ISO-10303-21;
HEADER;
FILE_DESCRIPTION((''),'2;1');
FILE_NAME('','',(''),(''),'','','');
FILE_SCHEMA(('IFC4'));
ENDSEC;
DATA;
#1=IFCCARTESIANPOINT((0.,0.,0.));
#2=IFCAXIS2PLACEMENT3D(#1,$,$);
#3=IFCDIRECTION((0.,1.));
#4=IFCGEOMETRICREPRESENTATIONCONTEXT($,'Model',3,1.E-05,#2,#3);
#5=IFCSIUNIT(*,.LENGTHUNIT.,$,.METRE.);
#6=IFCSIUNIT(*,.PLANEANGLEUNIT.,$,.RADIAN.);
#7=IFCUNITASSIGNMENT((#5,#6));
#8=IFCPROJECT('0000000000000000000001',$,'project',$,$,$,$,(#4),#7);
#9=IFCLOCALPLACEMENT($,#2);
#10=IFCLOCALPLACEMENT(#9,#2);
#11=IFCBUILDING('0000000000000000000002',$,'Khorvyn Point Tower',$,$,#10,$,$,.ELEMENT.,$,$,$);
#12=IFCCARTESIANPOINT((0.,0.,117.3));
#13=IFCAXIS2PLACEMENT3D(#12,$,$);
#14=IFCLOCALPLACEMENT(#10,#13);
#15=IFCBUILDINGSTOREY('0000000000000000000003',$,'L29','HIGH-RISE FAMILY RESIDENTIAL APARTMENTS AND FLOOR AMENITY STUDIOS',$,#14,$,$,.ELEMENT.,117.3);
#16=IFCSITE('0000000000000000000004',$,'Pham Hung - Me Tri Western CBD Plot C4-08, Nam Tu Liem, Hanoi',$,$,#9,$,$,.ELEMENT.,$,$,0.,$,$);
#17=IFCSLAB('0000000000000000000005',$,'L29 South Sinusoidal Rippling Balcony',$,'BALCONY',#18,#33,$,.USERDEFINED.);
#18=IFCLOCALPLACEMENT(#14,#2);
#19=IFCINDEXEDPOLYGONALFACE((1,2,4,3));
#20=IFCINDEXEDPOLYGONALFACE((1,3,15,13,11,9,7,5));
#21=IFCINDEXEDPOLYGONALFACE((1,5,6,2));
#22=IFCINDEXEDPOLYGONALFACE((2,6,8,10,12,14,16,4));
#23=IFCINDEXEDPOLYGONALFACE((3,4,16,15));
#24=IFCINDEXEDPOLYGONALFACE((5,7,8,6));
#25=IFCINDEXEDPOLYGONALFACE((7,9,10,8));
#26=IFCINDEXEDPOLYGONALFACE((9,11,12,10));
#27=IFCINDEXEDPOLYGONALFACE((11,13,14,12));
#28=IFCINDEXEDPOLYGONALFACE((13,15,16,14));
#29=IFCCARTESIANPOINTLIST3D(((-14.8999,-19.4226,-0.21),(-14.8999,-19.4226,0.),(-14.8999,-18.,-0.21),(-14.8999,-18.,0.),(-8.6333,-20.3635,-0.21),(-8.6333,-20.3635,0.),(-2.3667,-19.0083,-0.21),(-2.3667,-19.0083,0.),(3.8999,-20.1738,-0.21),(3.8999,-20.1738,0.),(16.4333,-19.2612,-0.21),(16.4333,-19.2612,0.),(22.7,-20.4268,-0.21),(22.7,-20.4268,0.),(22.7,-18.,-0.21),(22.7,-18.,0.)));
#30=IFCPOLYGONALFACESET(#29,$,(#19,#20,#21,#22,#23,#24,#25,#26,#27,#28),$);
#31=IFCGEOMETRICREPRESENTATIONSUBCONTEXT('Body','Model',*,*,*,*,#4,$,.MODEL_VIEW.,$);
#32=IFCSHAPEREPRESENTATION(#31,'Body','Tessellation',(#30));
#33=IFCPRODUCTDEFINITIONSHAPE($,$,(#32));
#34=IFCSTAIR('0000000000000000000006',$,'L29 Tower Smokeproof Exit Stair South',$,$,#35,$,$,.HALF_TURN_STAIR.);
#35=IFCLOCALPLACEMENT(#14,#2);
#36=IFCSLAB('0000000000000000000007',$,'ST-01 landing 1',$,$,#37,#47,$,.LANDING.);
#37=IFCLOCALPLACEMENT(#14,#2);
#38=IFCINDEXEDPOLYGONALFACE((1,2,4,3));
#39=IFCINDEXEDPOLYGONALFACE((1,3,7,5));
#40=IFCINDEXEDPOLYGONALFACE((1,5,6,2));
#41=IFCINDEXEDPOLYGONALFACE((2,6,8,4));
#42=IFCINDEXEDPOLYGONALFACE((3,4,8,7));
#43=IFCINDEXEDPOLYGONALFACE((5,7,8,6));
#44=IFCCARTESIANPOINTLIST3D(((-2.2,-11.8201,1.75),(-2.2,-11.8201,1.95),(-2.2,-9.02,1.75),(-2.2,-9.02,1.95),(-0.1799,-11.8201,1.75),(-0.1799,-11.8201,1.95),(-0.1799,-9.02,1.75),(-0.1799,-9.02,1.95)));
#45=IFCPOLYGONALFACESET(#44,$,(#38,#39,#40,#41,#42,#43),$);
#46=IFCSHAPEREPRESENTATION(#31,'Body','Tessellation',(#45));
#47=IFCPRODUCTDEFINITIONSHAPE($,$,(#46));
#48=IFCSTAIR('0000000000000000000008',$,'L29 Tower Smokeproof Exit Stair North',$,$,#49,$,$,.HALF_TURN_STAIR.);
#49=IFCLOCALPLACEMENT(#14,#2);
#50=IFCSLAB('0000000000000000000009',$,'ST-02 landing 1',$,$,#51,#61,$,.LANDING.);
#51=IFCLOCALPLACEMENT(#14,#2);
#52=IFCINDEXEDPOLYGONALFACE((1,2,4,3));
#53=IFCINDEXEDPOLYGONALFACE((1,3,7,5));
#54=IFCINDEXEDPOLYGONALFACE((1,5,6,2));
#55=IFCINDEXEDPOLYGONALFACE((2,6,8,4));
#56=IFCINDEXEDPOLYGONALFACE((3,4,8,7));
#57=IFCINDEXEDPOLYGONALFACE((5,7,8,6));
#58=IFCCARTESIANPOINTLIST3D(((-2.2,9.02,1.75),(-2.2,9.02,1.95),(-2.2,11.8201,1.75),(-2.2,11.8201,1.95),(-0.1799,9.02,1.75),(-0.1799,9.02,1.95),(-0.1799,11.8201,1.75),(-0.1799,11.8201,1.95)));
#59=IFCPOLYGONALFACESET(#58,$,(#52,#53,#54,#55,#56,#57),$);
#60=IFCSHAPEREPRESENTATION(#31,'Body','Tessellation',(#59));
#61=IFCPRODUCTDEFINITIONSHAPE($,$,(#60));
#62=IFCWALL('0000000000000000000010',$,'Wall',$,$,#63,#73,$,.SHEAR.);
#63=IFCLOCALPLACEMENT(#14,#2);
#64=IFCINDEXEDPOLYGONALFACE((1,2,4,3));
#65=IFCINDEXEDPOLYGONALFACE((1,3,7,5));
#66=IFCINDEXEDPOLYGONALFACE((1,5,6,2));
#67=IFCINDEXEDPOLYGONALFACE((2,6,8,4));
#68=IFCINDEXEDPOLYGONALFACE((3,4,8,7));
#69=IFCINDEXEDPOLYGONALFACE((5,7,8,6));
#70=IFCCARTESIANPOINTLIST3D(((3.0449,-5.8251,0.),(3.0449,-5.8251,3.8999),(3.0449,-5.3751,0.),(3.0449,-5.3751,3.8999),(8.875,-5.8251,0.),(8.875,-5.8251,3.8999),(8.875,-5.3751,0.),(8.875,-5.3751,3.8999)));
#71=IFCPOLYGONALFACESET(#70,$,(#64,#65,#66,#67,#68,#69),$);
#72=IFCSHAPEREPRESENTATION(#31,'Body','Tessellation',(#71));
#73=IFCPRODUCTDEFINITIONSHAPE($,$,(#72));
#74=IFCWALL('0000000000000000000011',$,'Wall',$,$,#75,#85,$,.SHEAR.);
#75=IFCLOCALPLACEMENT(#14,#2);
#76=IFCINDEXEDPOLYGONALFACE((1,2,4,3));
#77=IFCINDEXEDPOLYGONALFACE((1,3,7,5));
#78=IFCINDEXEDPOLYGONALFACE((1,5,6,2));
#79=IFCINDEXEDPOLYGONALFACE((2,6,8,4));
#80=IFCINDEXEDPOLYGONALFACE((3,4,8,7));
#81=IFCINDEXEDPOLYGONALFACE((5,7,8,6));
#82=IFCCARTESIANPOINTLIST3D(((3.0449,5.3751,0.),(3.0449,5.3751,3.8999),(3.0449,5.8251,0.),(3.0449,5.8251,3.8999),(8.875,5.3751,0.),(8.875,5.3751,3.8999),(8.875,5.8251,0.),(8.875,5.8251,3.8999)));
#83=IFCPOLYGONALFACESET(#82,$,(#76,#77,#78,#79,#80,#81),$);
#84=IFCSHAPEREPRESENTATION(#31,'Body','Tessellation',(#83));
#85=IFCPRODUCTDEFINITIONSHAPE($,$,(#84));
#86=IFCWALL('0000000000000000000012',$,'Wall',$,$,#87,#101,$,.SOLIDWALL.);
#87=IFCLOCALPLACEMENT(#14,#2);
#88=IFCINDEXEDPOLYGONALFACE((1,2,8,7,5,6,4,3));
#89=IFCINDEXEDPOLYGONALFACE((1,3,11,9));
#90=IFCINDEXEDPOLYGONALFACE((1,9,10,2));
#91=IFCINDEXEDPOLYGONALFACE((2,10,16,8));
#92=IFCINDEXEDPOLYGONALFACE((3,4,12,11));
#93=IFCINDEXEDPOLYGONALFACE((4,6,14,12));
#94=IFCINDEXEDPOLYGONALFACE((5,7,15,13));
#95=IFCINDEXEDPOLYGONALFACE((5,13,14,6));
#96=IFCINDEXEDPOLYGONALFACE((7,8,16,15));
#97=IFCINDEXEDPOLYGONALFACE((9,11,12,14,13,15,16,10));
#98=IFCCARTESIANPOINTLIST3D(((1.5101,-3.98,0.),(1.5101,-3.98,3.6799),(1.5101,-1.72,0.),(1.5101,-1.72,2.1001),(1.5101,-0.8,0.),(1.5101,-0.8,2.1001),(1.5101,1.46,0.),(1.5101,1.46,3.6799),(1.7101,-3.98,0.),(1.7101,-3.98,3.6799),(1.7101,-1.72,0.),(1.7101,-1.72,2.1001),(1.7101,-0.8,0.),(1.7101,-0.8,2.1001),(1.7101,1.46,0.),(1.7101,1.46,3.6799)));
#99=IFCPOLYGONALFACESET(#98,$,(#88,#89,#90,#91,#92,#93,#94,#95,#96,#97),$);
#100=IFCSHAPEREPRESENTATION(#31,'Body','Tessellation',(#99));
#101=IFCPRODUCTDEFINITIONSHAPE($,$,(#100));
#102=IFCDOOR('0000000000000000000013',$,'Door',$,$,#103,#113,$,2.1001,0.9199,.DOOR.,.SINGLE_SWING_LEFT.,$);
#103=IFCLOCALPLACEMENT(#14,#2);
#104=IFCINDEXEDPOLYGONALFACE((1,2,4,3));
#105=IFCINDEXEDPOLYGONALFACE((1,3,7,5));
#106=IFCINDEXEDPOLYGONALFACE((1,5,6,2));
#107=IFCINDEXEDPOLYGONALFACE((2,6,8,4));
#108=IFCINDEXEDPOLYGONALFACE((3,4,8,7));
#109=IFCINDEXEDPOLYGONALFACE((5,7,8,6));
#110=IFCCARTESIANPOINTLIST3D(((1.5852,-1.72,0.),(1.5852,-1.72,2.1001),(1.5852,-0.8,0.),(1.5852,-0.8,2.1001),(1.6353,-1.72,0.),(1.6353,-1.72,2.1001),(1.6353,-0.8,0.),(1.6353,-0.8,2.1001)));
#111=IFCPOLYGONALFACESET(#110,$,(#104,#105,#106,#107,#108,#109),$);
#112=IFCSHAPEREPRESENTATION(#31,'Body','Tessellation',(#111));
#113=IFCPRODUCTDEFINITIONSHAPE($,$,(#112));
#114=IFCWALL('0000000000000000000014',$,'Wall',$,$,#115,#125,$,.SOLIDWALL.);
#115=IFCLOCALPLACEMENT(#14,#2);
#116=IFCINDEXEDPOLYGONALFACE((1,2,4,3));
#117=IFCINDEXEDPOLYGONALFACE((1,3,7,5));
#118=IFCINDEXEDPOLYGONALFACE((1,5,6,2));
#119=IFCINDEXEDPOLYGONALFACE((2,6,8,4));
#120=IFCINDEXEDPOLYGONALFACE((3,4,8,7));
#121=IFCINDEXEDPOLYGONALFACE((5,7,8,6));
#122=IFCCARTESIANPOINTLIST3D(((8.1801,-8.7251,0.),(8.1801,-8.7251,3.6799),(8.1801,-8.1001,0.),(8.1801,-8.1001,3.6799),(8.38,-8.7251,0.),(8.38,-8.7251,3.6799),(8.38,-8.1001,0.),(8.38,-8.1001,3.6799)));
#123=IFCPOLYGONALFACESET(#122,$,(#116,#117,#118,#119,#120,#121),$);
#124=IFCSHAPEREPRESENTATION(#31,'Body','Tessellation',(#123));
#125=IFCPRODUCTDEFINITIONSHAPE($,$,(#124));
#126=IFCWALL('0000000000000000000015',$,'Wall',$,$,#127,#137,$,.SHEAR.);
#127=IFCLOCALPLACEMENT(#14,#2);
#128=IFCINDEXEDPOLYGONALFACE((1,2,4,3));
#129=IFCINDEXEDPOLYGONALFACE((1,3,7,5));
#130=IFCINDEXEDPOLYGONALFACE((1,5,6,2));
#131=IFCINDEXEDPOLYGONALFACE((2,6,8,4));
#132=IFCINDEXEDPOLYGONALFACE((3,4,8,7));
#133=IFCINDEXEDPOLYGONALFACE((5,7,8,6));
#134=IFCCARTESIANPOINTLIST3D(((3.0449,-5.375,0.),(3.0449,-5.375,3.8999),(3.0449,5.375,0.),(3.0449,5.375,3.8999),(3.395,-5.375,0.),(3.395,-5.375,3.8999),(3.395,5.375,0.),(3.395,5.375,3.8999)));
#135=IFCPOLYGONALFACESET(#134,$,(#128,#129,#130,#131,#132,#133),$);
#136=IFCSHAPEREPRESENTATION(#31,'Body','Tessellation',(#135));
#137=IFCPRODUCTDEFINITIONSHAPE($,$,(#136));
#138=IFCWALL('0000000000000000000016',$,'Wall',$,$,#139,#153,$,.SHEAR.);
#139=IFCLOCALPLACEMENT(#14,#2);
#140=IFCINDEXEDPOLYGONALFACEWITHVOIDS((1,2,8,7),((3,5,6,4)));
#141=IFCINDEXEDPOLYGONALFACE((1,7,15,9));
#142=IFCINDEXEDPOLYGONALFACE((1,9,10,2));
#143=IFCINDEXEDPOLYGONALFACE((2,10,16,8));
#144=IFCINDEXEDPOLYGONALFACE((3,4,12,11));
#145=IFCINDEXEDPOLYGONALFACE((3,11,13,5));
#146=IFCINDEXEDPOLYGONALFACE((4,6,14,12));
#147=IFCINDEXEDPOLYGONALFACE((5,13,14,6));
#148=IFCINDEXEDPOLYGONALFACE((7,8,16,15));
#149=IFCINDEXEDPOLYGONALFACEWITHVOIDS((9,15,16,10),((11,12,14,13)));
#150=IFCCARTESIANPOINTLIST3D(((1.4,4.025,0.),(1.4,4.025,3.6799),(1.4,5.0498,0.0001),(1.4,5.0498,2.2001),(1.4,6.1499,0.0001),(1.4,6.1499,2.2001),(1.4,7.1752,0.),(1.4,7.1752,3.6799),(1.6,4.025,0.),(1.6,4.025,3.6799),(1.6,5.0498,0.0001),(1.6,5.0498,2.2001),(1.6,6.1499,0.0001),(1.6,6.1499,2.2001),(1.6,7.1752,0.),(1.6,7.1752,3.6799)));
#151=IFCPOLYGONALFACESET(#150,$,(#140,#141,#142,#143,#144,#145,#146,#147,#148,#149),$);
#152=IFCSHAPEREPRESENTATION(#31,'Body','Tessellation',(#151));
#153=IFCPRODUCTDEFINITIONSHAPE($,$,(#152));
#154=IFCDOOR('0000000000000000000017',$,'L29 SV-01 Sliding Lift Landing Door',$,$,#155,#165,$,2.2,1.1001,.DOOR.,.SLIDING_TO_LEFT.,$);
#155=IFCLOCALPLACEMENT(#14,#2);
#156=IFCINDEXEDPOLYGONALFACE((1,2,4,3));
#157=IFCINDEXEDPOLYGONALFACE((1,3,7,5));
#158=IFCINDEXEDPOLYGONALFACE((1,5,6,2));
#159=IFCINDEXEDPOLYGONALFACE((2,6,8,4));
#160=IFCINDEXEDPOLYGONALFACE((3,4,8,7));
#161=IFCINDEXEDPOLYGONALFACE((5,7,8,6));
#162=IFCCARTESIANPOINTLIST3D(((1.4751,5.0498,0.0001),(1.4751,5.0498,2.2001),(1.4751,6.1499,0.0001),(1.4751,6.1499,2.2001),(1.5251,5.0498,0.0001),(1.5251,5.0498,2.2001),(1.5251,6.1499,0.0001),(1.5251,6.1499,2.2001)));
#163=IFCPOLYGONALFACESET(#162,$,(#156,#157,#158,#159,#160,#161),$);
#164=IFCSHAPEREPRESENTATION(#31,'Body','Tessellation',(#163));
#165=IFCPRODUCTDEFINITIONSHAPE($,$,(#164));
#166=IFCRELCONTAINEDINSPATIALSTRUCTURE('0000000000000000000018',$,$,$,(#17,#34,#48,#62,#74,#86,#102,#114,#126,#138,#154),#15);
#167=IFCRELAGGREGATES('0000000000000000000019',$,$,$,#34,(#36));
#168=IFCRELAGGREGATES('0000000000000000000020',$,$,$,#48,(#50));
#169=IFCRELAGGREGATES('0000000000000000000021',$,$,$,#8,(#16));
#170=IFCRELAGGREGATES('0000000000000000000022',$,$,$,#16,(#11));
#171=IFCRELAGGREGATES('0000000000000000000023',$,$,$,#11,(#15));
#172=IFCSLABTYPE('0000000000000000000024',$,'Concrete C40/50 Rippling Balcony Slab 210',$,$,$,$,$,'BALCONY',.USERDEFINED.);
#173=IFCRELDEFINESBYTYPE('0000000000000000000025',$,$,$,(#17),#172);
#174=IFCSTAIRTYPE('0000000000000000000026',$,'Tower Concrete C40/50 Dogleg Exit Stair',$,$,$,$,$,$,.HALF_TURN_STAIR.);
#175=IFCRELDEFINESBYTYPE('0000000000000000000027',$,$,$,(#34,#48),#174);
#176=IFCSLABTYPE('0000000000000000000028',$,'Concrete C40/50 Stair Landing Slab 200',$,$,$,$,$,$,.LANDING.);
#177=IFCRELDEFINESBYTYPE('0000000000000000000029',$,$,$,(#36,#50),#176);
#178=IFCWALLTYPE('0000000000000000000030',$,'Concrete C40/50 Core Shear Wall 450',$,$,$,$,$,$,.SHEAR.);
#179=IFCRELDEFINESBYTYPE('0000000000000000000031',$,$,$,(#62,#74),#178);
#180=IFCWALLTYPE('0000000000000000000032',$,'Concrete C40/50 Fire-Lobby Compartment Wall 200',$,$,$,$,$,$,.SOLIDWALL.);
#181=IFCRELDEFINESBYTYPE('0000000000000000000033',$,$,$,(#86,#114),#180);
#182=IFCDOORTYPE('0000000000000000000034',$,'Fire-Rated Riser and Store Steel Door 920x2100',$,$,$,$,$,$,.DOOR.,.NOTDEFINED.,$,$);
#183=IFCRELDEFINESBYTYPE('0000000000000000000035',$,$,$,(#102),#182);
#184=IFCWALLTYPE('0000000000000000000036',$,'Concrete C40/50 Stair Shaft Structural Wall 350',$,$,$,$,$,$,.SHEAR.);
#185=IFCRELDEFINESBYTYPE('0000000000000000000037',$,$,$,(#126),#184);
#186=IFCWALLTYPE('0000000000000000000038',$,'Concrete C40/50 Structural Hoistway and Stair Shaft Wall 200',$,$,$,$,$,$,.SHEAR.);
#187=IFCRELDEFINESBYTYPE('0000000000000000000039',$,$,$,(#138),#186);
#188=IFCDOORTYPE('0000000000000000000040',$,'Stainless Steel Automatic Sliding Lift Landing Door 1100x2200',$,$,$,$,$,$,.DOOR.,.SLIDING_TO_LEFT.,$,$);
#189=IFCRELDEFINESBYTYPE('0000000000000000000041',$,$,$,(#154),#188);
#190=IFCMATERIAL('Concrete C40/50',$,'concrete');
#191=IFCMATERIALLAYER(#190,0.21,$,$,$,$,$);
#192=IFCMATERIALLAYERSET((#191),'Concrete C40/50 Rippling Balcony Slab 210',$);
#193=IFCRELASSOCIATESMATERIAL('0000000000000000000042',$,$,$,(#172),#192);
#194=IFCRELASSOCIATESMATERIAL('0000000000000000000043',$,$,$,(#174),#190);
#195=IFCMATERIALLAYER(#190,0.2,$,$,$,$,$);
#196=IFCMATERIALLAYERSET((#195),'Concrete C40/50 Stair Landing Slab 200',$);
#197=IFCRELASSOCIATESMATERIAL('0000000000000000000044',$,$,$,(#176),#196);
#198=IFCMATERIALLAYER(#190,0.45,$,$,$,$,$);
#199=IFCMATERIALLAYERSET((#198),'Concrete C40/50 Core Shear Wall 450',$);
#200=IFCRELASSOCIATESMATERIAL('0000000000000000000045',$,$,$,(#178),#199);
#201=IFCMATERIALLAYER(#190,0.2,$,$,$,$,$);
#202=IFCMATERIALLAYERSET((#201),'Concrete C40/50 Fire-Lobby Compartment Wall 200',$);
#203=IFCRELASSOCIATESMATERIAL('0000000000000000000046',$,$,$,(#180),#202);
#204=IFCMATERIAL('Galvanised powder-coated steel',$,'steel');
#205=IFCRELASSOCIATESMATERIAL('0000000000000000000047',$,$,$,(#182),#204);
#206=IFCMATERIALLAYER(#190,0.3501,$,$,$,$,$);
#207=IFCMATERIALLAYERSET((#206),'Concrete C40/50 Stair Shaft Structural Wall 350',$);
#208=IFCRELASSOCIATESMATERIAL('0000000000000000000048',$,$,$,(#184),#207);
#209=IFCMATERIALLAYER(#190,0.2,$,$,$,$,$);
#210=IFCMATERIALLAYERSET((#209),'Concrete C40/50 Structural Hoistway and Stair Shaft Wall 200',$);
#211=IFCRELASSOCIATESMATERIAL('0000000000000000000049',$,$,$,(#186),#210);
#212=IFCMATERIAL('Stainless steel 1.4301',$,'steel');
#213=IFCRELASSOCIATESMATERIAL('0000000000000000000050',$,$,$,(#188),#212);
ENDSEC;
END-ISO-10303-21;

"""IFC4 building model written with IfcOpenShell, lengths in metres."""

from ifc_helpers import new_model, si_unit, direction, frame, frame_2d, origin, place, context, subcontext, project, spatial, polyline, rectangle, outline, extrude, material, layer, layer_set, type_object, element, fill, aggregate, save


model = new_model("IFC4")

# Units and contexts
model_context = context("Model", 3, precision=1e-05, world=origin(), true_north=direction((0.0, 1.0)))
body_context = subcontext(model_context, "Body", "Model", "MODEL_VIEW")
ifc_project = project(units=[si_unit("LENGTHUNIT", "METRE"), si_unit("PLANEANGLEUNIT", "RADIAN")], contexts=[model_context])

# Site, building, storey
site_placement = place(None, origin())
site = spatial("IfcSite", under=ifc_project, at=site_placement, Name="Pham Hung - Me Tri Western CBD Plot C4-08, Nam Tu Liem, Hanoi", CompositionType="ELEMENT", RefElevation=0.0)
building_placement = place(site_placement, origin())
building = spatial("IfcBuilding", under=site, at=building_placement, Name="Khorvyn Point Tower", CompositionType="ELEMENT")
storey_placement = place(building_placement, frame((0.0, 0.0, 117.3)))
storey = spatial("IfcBuildingStorey", under=building, at=storey_placement, Name="L29", Description="HIGH-RISE FAMILY RESIDENTIAL APARTMENTS AND FLOOR AMENITY STUDIOS", CompositionType="ELEMENT", Elevation=117.3)

# Shared definitions
ifc_material_1 = material(Name="Concrete C40/50", Category="concrete")

# Slab
ifc_layer_1 = layer(ifc_material_1, 0.21)
ifc_layer_set_1 = layer_set([ifc_layer_1], Name="Concrete C40/50 Rippling Balcony Slab 210")
slab_type_1 = type_object("IfcSlabType", Name="Concrete C40/50 Rippling Balcony Slab 210", ElementType="BALCONY", PredefinedType="USERDEFINED", material=ifc_layer_set_1)
slab_1_placement = place(storey_placement, frame((0.0, 0.0, -0.21)))
element("IfcSlab", 1, at=slab_1_placement, inside=storey, type_object=slab_type_1, Name="L29 South Sinusoidal Rippling Balcony", ObjectType="BALCONY", PredefinedType="USERDEFINED", context=body_context, shape_type="SweptSolid", body=[
    extrude(outline(polyline([(-14.8999, -18.0), (-14.8999, -19.4226), (-8.6333, -20.3635), (-2.3667, -19.0083), (3.8999, -20.1738), (16.4333, -19.2612), (22.7, -20.4268), (22.7, -18.0), (-14.8999, -18.0)])), origin(), (0.0, 0.0, 1.0), 0.21),
])

# Stairs, slabs
stair_type = type_object("IfcStairType", Name="Tower Concrete C40/50 Dogleg Exit Stair", PredefinedType="HALF_TURN_STAIR", material=ifc_material_1)
stair_1_placement = place(storey_placement, origin())
stair_1 = element("IfcStair", 2, at=stair_1_placement, inside=storey, type_object=stair_type, Name="L29 Tower Smokeproof Exit Stair South", PredefinedType="HALF_TURN_STAIR")
ifc_layer_2 = layer(ifc_material_1, 0.2)
ifc_layer_set_2 = layer_set([ifc_layer_2], Name="Concrete C40/50 Stair Landing Slab 200")
slab_type_2 = type_object("IfcSlabType", Name="Concrete C40/50 Stair Landing Slab 200", PredefinedType="LANDING", material=ifc_layer_set_2)
slab_2_placement = place(storey_placement, frame((0.0, 0.0, 1.75)))
slab_2 = element("IfcSlab", 3, at=slab_2_placement, type_object=slab_type_2, Name="ST-01 landing 1", PredefinedType="LANDING", context=body_context, shape_type="SweptSolid", body=[
    extrude(outline(polyline([(-0.1799, -9.02), (-2.2, -9.02), (-2.2, -11.8201), (-0.1799, -11.8201), (-0.1799, -9.02)])), origin(), (0.0, 0.0, 1.0), 0.2),
])
aggregate(stair_1, [slab_2])
stair_2_placement = place(storey_placement, origin())
stair_2 = element("IfcStair", 4, at=stair_2_placement, inside=storey, type_object=stair_type, Name="L29 Tower Smokeproof Exit Stair North", PredefinedType="HALF_TURN_STAIR")
slab_3_placement = place(storey_placement, frame((0.0, 0.0, 1.75)))
slab_3 = element("IfcSlab", 5, at=slab_3_placement, type_object=slab_type_2, Name="ST-02 landing 1", PredefinedType="LANDING", context=body_context, shape_type="SweptSolid", body=[
    extrude(outline(polyline([(-0.1799, 11.8201), (-2.2, 11.8201), (-2.2, 9.02), (-0.1799, 9.02), (-0.1799, 11.8201)])), origin(), (0.0, 0.0, 1.0), 0.2),
])
aggregate(stair_2, [slab_3])

# Walls
ifc_layer_3 = layer(ifc_material_1, 0.45)
ifc_layer_set_3 = layer_set([ifc_layer_3], Name="Concrete C40/50 Core Shear Wall 450")
wall_type_1 = type_object("IfcWallType", Name="Concrete C40/50 Core Shear Wall 450", PredefinedType="SHEAR", material=ifc_layer_set_3)
for number, where, z_axis, x_axis, name in (
    (6, (3.0449, -5.6001, 0.0), (0.0, 0.0, 1.0), (1.0, 0.0, 0.0), "Wall"),
    (7, (3.0449, 5.6001, 0.0), (0.0, 0.0, 1.0), (1.0, 0.0, 0.0), "Wall"),
):
    element("IfcWall", number, at=place(storey_placement, frame(where, z_axis=z_axis, x_axis=x_axis)), inside=storey, type_object=wall_type_1, Name=name, PredefinedType="SHEAR", context=body_context, shape_type="SweptSolid", body=[
        extrude(rectangle(XDim=5.8301, YDim=0.45, at=frame_2d((2.915, 0.0))), origin(), (0.0, 0.0, 1.0), 3.8999),
    ])

# Wall, opening, door
ifc_layer_4 = layer(ifc_material_1, 0.2)
ifc_layer_set_4 = layer_set([ifc_layer_4], Name="Concrete C40/50 Fire-Lobby Compartment Wall 200")
wall_type_2 = type_object("IfcWallType", Name="Concrete C40/50 Fire-Lobby Compartment Wall 200", PredefinedType="SOLIDWALL", material=ifc_layer_set_4)
ifc_material_2 = material(Name="Galvanised powder-coated steel", Category="steel")
wall_1_placement = place(storey_placement, frame((1.6101, -3.98, 0.0), z_axis=(0.0, 0.0, 1.0), x_axis=(0.0, 1.0, 0.0)))
wall_1 = element("IfcWall", 8, at=wall_1_placement, inside=storey, type_object=wall_type_2, Name="Wall", PredefinedType="SOLIDWALL", context=body_context, shape_type="SweptSolid", body=[
    extrude(rectangle(XDim=5.4399, YDim=0.2, at=frame_2d((2.72, 0.0))), origin(), (0.0, 0.0, 1.0), 3.6799),
])
opening_1_placement = place(wall_1_placement, frame((2.26, 0.0, 0.0)))
opening_1 = element("IfcOpeningElement", 9, at=opening_1_placement, cuts=wall_1, PredefinedType="OPENING", context=body_context, shape_type="SweptSolid", body=[
    extrude(rectangle(XDim=0.9199, YDim=2.1001, at=frame_2d((0.46, 1.05))), frame((0.0, 0.1099, 0.0), z_axis=(0.0, -1.0, 0.0), x_axis=(1.0, 0.0, 0.0)), (0.0, 0.0, 1.0), 0.22),
])
door_type_1 = type_object("IfcDoorType", Name="Fire-Rated Riser and Store Steel Door 920x2100", OperationType="NOTDEFINED", PredefinedType="DOOR", material=ifc_material_2)
door_1_placement = place(opening_1_placement, origin())
door_1 = element("IfcDoor", 10, at=door_1_placement, inside=storey, type_object=door_type_1, Name="Door", OperationType="SINGLE_SWING_LEFT", OverallHeight=2.1001, OverallWidth=0.9199, PredefinedType="DOOR", context=body_context, shape_type="SweptSolid", body=[
    extrude(rectangle(XDim=0.9199, YDim=2.1001, at=frame_2d((0.46, 1.05))), frame((0.0, 0.0249, 0.0), z_axis=(0.0, -1.0, 0.0), x_axis=(1.0, 0.0, 0.0)), (0.0, 0.0, 1.0), 0.05),
])
fill(opening_1, door_1)

# Walls
wall_2_placement = place(storey_placement, frame((8.28, -8.7251, 0.0), z_axis=(0.0, 0.0, 1.0), x_axis=(0.0, 1.0, 0.0)))
element("IfcWall", 11, at=wall_2_placement, inside=storey, type_object=wall_type_2, Name="Wall", PredefinedType="SOLIDWALL", context=body_context, shape_type="SweptSolid", body=[
    extrude(rectangle(XDim=0.625, YDim=0.2, at=frame_2d((0.3125, 0.0))), origin(), (0.0, 0.0, 1.0), 3.6799),
])
ifc_layer_5 = layer(ifc_material_1, 0.3501)
ifc_layer_set_5 = layer_set([ifc_layer_5], Name="Concrete C40/50 Stair Shaft Structural Wall 350")
wall_type_3 = type_object("IfcWallType", Name="Concrete C40/50 Stair Shaft Structural Wall 350", PredefinedType="SHEAR", material=ifc_layer_set_5)
wall_3_placement = place(storey_placement, frame((3.22, -5.375, 0.0), z_axis=(0.0, 0.0, 1.0), x_axis=(0.0, 1.0, 0.0)))
element("IfcWall", 12, at=wall_3_placement, inside=storey, type_object=wall_type_3, Name="Wall", PredefinedType="SHEAR", context=body_context, shape_type="SweptSolid", body=[
    extrude(rectangle(XDim=10.75, YDim=0.3501, at=frame_2d((5.375, 0.0))), origin(), (0.0, 0.0, 1.0), 3.8999),
])

# Wall, opening, door
ifc_layer_6 = layer(ifc_material_1, 0.2)
ifc_layer_set_6 = layer_set([ifc_layer_6], Name="Concrete C40/50 Structural Hoistway and Stair Shaft Wall 200")
wall_type_4 = type_object("IfcWallType", Name="Concrete C40/50 Structural Hoistway and Stair Shaft Wall 200", PredefinedType="SHEAR", material=ifc_layer_set_6)
wall_4_placement = place(storey_placement, frame((1.5, 4.0249, 0.0), z_axis=(0.0, 0.0, 1.0), x_axis=(0.0, 1.0, 0.0)))
wall_4 = element("IfcWall", 13, at=wall_4_placement, inside=storey, type_object=wall_type_4, Name="Wall", PredefinedType="SHEAR", context=body_context, shape_type="SweptSolid", body=[
    extrude(rectangle(XDim=3.1501, YDim=0.2, at=frame_2d((1.5752, 0.0))), origin(), (0.0, 0.0, 1.0), 3.6799),
])
opening_2_placement = place(wall_4_placement, frame((1.0249, 0.0, 0.0)))
opening_2 = element("IfcOpeningElement", 14, at=opening_2_placement, cuts=wall_4, PredefinedType="OPENING", context=body_context, shape_type="SweptSolid", body=[
    extrude(rectangle(XDim=1.1001, YDim=2.2, at=frame_2d((0.55, 1.1001))), frame((0.0, 0.1099, 0.0), z_axis=(0.0, -1.0, 0.0), x_axis=(1.0, 0.0, 0.0)), (0.0, 0.0, 1.0), 0.22),
])
ifc_material_3 = material(Name="Stainless steel 1.4301", Category="steel")
door_type_2 = type_object("IfcDoorType", Name="Stainless Steel Automatic Sliding Lift Landing Door 1100x2200", OperationType="SLIDING_TO_LEFT", PredefinedType="DOOR", material=ifc_material_3)
door_2_placement = place(opening_2_placement, origin())
door_2 = element("IfcDoor", 15, at=door_2_placement, inside=storey, type_object=door_type_2, Name="L29 SV-01 Sliding Lift Landing Door", OperationType="SLIDING_TO_LEFT", OverallHeight=2.2, OverallWidth=1.1001, PredefinedType="DOOR", context=body_context, shape_type="SweptSolid", body=[
    extrude(rectangle(XDim=1.1001, YDim=2.2, at=frame_2d((0.55, 1.1001))), frame((0.0, 0.0249, 0.0), z_axis=(0.0, -1.0, 0.0), x_axis=(1.0, 0.0, 0.0)), (0.0, 0.0, 1.0), 0.05),
])
fill(opening_2, door_2)

save(model, "model.ifc")
